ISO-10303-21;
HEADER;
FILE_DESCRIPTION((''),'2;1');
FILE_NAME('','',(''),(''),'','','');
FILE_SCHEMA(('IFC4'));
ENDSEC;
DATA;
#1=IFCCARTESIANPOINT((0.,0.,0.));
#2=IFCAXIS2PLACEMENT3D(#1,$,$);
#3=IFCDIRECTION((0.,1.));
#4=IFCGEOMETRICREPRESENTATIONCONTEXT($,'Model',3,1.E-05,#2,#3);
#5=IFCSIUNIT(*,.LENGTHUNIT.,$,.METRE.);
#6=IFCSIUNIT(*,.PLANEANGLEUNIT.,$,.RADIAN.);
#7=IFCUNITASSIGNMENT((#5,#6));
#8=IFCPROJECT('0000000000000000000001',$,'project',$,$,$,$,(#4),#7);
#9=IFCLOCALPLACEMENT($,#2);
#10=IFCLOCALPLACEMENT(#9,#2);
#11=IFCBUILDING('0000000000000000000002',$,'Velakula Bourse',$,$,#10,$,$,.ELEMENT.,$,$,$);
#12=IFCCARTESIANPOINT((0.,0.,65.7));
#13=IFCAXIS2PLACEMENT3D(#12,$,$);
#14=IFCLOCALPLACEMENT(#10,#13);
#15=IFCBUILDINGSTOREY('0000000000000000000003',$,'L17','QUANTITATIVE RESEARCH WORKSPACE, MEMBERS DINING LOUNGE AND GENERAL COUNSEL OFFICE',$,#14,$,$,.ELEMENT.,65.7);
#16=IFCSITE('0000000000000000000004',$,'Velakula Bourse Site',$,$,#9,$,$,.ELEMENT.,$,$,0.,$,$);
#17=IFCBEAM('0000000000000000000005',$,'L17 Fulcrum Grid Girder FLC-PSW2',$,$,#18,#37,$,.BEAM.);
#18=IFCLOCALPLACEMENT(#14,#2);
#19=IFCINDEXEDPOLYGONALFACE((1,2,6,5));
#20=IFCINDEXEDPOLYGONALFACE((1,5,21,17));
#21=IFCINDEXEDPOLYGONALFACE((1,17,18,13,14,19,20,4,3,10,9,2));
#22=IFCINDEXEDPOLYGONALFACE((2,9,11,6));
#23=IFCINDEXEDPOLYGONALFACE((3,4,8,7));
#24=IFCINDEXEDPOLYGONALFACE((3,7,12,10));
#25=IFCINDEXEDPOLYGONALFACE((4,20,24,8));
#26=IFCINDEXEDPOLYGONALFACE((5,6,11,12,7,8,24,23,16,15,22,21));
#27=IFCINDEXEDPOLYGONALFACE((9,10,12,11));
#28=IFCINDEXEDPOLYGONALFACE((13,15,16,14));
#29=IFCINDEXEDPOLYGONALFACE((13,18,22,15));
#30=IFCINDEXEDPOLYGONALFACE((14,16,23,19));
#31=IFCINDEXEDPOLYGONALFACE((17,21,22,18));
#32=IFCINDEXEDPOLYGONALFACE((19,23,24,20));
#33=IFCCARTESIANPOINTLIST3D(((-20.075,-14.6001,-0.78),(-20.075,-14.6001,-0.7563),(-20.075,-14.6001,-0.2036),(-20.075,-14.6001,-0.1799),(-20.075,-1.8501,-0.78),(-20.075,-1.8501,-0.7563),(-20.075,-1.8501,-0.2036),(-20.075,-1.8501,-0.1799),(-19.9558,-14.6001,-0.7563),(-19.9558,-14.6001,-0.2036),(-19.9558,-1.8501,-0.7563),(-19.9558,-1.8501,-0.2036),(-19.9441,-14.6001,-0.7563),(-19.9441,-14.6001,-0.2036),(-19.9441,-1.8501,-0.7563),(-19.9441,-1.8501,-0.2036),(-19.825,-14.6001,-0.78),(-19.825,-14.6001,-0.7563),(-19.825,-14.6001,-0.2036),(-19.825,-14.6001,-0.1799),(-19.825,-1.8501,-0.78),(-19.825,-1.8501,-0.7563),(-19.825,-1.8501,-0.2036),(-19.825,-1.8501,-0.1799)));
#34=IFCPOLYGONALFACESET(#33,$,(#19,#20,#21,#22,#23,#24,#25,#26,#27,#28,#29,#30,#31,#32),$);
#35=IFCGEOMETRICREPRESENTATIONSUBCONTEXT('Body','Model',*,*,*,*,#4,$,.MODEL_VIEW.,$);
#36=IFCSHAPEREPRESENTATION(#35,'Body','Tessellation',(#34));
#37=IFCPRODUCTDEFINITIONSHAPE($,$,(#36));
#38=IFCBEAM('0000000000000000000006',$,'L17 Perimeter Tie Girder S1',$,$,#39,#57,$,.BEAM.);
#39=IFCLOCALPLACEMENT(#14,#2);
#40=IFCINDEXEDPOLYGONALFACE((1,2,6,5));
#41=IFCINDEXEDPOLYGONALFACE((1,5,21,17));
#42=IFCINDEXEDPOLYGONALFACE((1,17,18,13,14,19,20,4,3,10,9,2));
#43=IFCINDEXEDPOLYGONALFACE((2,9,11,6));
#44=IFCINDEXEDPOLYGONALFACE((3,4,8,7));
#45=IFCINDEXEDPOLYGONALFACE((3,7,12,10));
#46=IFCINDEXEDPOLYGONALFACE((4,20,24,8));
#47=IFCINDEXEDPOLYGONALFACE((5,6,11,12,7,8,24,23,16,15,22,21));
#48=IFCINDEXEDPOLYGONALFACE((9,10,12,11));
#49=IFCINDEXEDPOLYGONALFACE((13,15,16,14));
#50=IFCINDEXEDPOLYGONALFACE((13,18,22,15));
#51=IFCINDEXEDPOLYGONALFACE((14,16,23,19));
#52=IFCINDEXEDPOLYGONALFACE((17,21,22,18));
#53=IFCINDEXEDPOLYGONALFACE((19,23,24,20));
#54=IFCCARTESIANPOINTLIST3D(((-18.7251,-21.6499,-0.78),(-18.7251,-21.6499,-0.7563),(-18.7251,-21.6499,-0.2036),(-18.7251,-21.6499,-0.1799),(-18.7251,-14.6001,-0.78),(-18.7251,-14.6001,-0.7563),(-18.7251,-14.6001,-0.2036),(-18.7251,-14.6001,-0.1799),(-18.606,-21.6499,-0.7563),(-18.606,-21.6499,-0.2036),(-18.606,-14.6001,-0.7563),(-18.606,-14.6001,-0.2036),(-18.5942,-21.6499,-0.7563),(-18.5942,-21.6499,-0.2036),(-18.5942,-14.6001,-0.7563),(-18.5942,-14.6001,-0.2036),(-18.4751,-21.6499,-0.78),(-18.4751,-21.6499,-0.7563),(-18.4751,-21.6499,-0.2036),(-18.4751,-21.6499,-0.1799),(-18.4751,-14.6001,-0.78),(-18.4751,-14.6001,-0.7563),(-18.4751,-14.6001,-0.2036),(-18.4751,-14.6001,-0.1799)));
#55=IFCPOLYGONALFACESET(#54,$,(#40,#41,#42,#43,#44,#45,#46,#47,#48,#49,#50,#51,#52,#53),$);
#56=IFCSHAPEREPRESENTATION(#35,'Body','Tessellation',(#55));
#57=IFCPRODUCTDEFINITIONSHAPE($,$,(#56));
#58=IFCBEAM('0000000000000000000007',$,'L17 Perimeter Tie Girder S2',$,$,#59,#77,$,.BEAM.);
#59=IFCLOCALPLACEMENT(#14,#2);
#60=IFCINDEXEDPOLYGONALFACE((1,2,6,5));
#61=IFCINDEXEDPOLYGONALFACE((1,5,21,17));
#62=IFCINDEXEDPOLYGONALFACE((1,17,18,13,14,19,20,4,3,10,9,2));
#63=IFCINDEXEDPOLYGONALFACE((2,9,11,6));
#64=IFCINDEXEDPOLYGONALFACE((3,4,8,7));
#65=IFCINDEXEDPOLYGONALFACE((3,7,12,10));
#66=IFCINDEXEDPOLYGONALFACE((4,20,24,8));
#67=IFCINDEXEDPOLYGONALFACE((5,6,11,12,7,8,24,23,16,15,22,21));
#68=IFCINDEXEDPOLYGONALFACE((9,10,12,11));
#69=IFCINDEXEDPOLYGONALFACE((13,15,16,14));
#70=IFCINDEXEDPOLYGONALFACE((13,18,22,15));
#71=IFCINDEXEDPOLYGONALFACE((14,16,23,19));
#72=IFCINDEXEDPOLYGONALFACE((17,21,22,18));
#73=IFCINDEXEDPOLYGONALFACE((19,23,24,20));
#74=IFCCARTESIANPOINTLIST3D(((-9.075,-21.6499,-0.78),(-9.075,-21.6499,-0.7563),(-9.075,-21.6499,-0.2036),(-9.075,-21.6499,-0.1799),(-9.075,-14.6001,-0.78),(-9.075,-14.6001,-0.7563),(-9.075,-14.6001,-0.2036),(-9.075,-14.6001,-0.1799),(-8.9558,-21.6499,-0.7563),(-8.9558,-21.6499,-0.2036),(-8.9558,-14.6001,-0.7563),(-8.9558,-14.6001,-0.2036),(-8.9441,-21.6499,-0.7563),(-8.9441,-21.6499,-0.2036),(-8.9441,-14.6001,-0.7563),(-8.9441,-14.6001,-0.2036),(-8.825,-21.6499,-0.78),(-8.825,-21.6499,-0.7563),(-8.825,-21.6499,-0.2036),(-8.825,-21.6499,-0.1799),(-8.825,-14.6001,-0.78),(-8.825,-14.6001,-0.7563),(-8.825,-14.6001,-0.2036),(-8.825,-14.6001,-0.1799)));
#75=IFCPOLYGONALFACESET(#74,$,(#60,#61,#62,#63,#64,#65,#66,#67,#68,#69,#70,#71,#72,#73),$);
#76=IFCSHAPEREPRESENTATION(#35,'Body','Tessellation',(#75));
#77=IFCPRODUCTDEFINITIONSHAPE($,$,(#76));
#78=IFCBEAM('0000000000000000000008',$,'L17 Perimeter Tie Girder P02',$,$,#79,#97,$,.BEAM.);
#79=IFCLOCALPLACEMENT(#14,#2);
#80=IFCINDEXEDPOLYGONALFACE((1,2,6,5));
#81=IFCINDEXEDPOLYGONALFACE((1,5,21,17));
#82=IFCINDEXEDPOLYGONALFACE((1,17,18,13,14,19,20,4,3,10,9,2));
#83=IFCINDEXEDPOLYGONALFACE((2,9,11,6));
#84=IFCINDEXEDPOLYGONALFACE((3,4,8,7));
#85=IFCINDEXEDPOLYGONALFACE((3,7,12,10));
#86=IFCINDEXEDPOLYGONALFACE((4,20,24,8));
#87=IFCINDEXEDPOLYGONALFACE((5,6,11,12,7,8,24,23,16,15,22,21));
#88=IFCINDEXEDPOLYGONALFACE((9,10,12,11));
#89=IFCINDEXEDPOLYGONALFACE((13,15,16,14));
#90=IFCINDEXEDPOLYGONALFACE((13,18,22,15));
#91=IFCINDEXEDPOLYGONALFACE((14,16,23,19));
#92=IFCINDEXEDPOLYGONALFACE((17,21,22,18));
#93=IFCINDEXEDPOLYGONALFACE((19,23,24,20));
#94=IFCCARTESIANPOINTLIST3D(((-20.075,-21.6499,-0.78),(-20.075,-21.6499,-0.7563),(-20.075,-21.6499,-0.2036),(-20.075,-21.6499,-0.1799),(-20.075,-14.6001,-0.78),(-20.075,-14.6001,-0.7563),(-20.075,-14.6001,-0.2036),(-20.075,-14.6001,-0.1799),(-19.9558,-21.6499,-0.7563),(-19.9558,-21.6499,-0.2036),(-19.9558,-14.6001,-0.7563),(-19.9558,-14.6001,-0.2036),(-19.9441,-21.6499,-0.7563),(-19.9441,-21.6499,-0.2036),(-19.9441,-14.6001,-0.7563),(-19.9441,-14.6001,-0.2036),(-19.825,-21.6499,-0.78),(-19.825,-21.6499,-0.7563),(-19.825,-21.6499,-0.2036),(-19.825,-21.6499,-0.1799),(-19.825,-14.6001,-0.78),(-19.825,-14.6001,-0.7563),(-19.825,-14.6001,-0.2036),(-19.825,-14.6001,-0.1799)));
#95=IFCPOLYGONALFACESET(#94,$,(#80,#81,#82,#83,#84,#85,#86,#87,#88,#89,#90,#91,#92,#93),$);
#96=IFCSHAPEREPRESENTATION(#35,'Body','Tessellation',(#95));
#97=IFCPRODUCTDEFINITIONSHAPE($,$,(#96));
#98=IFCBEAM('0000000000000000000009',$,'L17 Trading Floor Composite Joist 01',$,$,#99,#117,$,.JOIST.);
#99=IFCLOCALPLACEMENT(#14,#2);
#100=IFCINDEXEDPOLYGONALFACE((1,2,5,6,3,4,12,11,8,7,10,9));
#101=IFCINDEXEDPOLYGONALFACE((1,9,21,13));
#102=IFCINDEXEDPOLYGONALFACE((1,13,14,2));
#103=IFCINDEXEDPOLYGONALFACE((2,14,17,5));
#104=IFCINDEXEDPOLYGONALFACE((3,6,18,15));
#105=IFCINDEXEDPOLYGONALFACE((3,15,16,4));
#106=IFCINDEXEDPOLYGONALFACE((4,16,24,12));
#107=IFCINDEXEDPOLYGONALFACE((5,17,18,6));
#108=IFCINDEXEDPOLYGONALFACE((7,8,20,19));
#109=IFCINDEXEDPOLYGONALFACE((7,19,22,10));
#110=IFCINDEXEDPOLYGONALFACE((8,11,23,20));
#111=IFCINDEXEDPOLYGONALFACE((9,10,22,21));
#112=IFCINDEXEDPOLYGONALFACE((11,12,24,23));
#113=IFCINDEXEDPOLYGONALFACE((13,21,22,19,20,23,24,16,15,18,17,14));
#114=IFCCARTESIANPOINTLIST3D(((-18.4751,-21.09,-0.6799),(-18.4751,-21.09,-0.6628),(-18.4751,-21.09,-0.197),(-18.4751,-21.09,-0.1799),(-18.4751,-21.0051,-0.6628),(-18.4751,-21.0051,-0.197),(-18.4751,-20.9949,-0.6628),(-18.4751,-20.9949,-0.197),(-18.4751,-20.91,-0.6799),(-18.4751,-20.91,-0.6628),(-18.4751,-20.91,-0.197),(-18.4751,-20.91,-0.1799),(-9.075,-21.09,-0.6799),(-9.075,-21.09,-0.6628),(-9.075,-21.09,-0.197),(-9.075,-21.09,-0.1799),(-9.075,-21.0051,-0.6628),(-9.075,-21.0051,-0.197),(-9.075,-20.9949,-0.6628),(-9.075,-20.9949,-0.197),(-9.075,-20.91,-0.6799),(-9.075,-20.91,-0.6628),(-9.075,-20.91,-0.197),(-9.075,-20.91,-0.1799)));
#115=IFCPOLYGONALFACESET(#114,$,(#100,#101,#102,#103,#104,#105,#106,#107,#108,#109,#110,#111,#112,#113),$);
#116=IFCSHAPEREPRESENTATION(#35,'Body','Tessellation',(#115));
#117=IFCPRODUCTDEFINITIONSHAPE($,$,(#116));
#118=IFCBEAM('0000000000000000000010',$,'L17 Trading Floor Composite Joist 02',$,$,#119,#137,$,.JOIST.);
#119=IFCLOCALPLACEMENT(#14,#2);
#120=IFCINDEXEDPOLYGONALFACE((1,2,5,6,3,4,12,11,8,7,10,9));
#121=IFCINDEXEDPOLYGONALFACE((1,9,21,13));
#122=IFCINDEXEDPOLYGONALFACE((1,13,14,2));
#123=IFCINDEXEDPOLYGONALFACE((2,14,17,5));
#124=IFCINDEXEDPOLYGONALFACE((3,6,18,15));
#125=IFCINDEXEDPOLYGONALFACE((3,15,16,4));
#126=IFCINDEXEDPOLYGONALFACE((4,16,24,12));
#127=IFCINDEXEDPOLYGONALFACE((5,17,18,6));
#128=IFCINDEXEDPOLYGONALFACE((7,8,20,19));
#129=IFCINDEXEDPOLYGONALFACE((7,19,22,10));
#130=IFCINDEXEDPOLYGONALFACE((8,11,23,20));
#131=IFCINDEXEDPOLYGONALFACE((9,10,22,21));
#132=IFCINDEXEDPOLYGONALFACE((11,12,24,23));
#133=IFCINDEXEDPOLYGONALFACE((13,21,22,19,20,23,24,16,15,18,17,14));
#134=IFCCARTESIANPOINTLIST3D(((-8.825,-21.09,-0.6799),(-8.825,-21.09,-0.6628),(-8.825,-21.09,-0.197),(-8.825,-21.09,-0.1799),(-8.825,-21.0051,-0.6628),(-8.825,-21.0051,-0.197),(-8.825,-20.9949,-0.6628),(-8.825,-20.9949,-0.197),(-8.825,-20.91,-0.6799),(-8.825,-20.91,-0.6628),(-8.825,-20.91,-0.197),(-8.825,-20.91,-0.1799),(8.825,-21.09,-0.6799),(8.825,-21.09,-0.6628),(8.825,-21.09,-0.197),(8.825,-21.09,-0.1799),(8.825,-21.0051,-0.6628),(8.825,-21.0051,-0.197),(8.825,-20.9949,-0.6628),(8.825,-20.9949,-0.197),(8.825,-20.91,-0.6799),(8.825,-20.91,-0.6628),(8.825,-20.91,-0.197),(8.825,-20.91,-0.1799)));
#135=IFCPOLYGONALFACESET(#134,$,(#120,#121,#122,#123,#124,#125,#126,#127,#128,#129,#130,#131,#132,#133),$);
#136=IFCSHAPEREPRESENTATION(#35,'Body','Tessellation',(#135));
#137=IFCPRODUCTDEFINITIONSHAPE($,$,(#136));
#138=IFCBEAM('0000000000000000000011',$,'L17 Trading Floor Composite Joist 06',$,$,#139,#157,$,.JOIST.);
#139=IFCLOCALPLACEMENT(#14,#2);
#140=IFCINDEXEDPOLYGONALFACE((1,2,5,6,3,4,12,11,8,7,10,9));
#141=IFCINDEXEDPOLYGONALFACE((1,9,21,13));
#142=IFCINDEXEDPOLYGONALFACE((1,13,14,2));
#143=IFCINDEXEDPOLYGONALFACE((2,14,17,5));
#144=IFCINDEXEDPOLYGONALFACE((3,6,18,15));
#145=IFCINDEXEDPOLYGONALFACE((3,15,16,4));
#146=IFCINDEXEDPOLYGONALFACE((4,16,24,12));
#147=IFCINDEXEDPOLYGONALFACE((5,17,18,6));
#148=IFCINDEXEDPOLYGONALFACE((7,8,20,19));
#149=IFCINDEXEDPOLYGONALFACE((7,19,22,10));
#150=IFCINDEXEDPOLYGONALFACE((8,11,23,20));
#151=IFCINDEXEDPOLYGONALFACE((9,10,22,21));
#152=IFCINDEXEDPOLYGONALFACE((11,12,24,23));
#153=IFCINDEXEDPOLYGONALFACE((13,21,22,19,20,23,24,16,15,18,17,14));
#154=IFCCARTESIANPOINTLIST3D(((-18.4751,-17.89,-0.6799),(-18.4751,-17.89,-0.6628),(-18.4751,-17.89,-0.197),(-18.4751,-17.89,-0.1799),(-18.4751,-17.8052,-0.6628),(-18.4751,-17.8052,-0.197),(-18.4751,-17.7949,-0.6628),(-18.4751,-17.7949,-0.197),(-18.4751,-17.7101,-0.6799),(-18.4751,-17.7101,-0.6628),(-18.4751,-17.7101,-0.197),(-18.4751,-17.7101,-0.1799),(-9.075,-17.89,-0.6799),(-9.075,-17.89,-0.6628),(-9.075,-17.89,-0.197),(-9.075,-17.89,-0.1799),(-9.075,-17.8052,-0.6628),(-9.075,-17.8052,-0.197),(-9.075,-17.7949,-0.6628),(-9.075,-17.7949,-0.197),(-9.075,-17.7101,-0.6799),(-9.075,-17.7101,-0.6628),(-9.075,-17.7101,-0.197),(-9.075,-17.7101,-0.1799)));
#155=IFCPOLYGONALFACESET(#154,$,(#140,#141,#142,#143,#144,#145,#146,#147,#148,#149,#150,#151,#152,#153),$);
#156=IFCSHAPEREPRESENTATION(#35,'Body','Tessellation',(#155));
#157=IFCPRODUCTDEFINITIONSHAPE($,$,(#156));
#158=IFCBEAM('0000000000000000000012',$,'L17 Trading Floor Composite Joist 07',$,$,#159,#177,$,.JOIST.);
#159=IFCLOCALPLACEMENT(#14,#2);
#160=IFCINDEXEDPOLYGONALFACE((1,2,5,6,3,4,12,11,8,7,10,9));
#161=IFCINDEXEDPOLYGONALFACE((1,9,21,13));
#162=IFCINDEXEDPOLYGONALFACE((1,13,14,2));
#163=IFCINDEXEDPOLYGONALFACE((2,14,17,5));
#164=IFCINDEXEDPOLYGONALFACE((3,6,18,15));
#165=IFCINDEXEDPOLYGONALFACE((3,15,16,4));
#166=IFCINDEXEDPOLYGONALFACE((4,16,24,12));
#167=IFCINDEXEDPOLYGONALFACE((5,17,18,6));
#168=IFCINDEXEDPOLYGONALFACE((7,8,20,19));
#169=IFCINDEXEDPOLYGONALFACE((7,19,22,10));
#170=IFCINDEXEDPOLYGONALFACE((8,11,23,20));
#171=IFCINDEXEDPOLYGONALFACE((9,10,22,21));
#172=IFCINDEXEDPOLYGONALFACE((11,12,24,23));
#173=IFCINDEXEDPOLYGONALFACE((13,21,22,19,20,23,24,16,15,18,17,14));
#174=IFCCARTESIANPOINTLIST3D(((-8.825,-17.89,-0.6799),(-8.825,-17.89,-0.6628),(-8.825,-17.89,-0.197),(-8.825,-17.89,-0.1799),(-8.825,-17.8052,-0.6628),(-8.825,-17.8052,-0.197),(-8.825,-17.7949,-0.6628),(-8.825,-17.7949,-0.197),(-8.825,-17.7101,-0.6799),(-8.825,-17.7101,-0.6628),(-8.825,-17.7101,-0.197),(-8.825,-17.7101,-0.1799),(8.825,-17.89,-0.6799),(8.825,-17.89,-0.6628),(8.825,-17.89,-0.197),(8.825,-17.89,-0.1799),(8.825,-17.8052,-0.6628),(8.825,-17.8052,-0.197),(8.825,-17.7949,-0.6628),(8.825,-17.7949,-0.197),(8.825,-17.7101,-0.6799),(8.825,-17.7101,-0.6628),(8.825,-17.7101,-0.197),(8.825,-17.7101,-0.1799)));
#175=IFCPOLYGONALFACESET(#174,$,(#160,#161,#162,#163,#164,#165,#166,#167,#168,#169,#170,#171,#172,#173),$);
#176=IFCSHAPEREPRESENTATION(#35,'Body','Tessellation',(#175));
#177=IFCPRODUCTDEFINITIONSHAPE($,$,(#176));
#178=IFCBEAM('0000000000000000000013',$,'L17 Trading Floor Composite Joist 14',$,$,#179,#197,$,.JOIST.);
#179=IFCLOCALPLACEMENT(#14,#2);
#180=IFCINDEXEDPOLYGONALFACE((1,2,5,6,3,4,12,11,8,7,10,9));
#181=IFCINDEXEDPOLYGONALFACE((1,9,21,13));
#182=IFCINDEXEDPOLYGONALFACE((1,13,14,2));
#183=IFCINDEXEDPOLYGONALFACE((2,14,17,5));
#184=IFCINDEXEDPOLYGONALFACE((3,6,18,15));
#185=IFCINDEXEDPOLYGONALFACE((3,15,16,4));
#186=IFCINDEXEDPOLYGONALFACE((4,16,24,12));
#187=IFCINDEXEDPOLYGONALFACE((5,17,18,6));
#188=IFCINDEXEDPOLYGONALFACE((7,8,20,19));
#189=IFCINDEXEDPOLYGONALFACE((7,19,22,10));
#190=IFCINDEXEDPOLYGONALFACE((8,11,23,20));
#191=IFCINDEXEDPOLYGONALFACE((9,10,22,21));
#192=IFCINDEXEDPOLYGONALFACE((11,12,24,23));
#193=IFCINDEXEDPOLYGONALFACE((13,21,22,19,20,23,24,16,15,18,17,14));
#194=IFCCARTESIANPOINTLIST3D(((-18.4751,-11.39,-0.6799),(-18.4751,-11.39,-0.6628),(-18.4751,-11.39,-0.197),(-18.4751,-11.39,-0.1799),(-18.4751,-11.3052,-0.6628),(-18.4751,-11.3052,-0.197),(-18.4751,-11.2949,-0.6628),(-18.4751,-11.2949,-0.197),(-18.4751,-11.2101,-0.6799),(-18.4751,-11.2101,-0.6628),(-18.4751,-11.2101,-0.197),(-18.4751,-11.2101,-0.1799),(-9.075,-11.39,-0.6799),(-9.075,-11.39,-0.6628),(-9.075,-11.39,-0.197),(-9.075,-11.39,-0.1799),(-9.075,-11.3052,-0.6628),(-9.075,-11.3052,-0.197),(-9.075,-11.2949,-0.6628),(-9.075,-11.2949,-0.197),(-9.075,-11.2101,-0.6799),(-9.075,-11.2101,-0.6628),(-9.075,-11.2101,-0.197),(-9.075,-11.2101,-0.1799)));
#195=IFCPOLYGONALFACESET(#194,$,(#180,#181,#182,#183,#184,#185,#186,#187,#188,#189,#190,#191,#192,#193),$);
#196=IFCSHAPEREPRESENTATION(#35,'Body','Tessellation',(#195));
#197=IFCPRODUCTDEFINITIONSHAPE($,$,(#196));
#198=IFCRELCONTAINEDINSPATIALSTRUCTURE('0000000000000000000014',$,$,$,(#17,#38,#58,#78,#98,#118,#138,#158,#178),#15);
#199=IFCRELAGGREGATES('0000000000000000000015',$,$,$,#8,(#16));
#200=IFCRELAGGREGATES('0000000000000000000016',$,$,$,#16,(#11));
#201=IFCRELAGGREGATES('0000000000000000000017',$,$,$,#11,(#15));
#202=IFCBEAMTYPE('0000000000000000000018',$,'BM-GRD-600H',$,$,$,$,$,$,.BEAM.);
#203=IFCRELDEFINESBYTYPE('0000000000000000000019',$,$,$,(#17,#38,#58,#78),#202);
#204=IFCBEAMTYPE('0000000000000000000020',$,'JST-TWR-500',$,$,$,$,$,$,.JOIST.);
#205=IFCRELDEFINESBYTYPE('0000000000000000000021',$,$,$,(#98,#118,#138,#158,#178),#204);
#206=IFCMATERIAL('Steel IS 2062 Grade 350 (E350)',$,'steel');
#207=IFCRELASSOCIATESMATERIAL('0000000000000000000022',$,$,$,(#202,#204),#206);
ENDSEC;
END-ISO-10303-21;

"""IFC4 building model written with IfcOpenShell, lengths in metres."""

from ifc_helpers import new_model, si_unit, direction, frame, origin, origin_2d, place, context, subcontext, project, spatial, i_section, extrude, material, material_profile, profile_set, type_object, element, save


model = new_model("IFC4")

# Units and contexts
model_context = context("Model", 3, precision=1e-05, world=origin(), true_north=direction((0.0, 1.0)))
body_context = subcontext(model_context, "Body", "Model", "MODEL_VIEW")
ifc_project = project(units=[si_unit("LENGTHUNIT", "METRE"), si_unit("PLANEANGLEUNIT", "RADIAN")], contexts=[model_context])

# Site, building, storey
site_placement = place(None, origin())
site = spatial("IfcSite", under=ifc_project, at=site_placement, Name="Velakula Bourse Site", CompositionType="ELEMENT", RefElevation=0.0)
building_placement = place(site_placement, origin())
building = spatial("IfcBuilding", under=site, at=building_placement, Name="Velakula Bourse", CompositionType="ELEMENT")
storey_placement = place(building_placement, frame((0.0, 0.0, 65.7)))
storey = spatial("IfcBuildingStorey", under=building, at=storey_placement, Name="L17", Description="QUANTITATIVE RESEARCH WORKSPACE, MEMBERS DINING LOUNGE AND GENERAL COUNSEL OFFICE", CompositionType="ELEMENT", Elevation=65.7)

# Beams
ifc_material_1 = material(Name="Steel IS 2062 Grade 350 (E350)", Category="steel")
ifc_material_profile_1 = material_profile(ifc_material_1, i_section(OverallWidth=0.25, OverallDepth=0.6001, WebThickness=0.0117, FlangeThickness=0.0237, at=origin_2d()), Name="Steel IS 2062 Grade 350 (E350)")
ifc_profile_set_1 = profile_set([ifc_material_profile_1], Name="Steel IS 2062 Grade 350 (E350)")
beam_type_1 = type_object("IfcBeamType", Name="BM-GRD-600H", PredefinedType="BEAM", material=ifc_profile_set_1)
beam_1_placement = place(storey_placement, frame((-19.95, -14.6001, -0.48), z_axis=(0.0, 1.0, 0.0), x_axis=(-1.0, 0.0, 0.0)))
element("IfcBeam", 1, at=beam_1_placement, inside=storey, type_object=beam_type_1, Name="L17 Fulcrum Grid Girder FLC-PSW2", PredefinedType="BEAM", context=body_context, shape_type="SweptSolid", body=[
    extrude(i_section(OverallWidth=0.25, OverallDepth=0.6001, WebThickness=0.0117, FlangeThickness=0.0237, at=origin_2d()), origin(), (0.0, 0.0, 1.0), 12.75),
])
for number, where, z_axis, x_axis, name in (
    (2, (-18.6001, -14.6001, -0.48), (0.0, -1.0, 0.0), (1.0, 0.0, 0.0), "L17 Perimeter Tie Girder S1"),
    (3, (-8.95, -14.6001, -0.48), (0.0, -1.0, 0.0), (1.0, 0.0, 0.0), "L17 Perimeter Tie Girder S2"),
    (4, (-19.95, -14.6001, -0.48), (0.0, -1.0, 0.0), (1.0, 0.0, 0.0), "L17 Perimeter Tie Girder P02"),
):
    element("IfcBeam", number, at=place(storey_placement, frame(where, z_axis=z_axis, x_axis=x_axis)), inside=storey, type_object=beam_type_1, Name=name, PredefinedType="BEAM", context=body_context, shape_type="SweptSolid", body=[
        extrude(i_section(OverallWidth=0.25, OverallDepth=0.6001, WebThickness=0.0117, FlangeThickness=0.0237, at=origin_2d()), origin(), (0.0, 0.0, 1.0), 7.0498),
    ])
ifc_material_profile_2 = material_profile(ifc_material_1, i_section(OverallWidth=0.1799, OverallDepth=0.5, WebThickness=0.0103, FlangeThickness=0.0171, at=origin_2d()), Name="Steel IS 2062 Grade 350 (E350)")
ifc_profile_set_2 = profile_set([ifc_material_profile_2], Name="Steel IS 2062 Grade 350 (E350)")
beam_type_2 = type_object("IfcBeamType", Name="JST-TWR-500", PredefinedType="JOIST", material=ifc_profile_set_2)
beam_2_placement = place(storey_placement, frame((-18.4751, -21.0, -0.4299), z_axis=(1.0, 0.0, 0.0), x_axis=(0.0, 1.0, 0.0)))
element("IfcBeam", 5, at=beam_2_placement, inside=storey, type_object=beam_type_2, Name="L17 Trading Floor Composite Joist 01", PredefinedType="JOIST", context=body_context, shape_type="SweptSolid", body=[
    extrude(i_section(OverallWidth=0.1799, OverallDepth=0.5, WebThickness=0.0103, FlangeThickness=0.0171, at=origin_2d()), origin(), (0.0, 0.0, 1.0), 9.4001),
])
beam_3_placement = place(storey_placement, frame((-8.825, -21.0, -0.4299), z_axis=(1.0, 0.0, 0.0), x_axis=(0.0, 1.0, 0.0)))
element("IfcBeam", 6, at=beam_3_placement, inside=storey, type_object=beam_type_2, Name="L17 Trading Floor Composite Joist 02", PredefinedType="JOIST", context=body_context, shape_type="SweptSolid", body=[
    extrude(i_section(OverallWidth=0.1799, OverallDepth=0.5, WebThickness=0.0103, FlangeThickness=0.0171, at=origin_2d()), origin(), (0.0, 0.0, 1.0), 17.6499),
])
beam_4_placement = place(storey_placement, frame((-18.4751, -17.8, -0.4299), z_axis=(1.0, 0.0, 0.0), x_axis=(0.0, 1.0, 0.0)))
element("IfcBeam", 7, at=beam_4_placement, inside=storey, type_object=beam_type_2, Name="L17 Trading Floor Composite Joist 06", PredefinedType="JOIST", context=body_context, shape_type="SweptSolid", body=[
    extrude(i_section(OverallWidth=0.1799, OverallDepth=0.5, WebThickness=0.0103, FlangeThickness=0.0171, at=origin_2d()), origin(), (0.0, 0.0, 1.0), 9.4001),
])
beam_5_placement = place(storey_placement, frame((-8.825, -17.8, -0.4299), z_axis=(1.0, 0.0, 0.0), x_axis=(0.0, 1.0, 0.0)))
element("IfcBeam", 8, at=beam_5_placement, inside=storey, type_object=beam_type_2, Name="L17 Trading Floor Composite Joist 07", PredefinedType="JOIST", context=body_context, shape_type="SweptSolid", body=[
    extrude(i_section(OverallWidth=0.1799, OverallDepth=0.5, WebThickness=0.0103, FlangeThickness=0.0171, at=origin_2d()), origin(), (0.0, 0.0, 1.0), 17.6499),
])
beam_6_placement = place(storey_placement, frame((-18.4751, -11.3, -0.4299), z_axis=(1.0, 0.0, 0.0), x_axis=(0.0, 1.0, 0.0)))
element("IfcBeam", 9, at=beam_6_placement, inside=storey, type_object=beam_type_2, Name="L17 Trading Floor Composite Joist 14", PredefinedType="JOIST", context=body_context, shape_type="SweptSolid", body=[
    extrude(i_section(OverallWidth=0.1799, OverallDepth=0.5, WebThickness=0.0103, FlangeThickness=0.0171, at=origin_2d()), origin(), (0.0, 0.0, 1.0), 9.4001),
])

save(model, "model.ifc")
